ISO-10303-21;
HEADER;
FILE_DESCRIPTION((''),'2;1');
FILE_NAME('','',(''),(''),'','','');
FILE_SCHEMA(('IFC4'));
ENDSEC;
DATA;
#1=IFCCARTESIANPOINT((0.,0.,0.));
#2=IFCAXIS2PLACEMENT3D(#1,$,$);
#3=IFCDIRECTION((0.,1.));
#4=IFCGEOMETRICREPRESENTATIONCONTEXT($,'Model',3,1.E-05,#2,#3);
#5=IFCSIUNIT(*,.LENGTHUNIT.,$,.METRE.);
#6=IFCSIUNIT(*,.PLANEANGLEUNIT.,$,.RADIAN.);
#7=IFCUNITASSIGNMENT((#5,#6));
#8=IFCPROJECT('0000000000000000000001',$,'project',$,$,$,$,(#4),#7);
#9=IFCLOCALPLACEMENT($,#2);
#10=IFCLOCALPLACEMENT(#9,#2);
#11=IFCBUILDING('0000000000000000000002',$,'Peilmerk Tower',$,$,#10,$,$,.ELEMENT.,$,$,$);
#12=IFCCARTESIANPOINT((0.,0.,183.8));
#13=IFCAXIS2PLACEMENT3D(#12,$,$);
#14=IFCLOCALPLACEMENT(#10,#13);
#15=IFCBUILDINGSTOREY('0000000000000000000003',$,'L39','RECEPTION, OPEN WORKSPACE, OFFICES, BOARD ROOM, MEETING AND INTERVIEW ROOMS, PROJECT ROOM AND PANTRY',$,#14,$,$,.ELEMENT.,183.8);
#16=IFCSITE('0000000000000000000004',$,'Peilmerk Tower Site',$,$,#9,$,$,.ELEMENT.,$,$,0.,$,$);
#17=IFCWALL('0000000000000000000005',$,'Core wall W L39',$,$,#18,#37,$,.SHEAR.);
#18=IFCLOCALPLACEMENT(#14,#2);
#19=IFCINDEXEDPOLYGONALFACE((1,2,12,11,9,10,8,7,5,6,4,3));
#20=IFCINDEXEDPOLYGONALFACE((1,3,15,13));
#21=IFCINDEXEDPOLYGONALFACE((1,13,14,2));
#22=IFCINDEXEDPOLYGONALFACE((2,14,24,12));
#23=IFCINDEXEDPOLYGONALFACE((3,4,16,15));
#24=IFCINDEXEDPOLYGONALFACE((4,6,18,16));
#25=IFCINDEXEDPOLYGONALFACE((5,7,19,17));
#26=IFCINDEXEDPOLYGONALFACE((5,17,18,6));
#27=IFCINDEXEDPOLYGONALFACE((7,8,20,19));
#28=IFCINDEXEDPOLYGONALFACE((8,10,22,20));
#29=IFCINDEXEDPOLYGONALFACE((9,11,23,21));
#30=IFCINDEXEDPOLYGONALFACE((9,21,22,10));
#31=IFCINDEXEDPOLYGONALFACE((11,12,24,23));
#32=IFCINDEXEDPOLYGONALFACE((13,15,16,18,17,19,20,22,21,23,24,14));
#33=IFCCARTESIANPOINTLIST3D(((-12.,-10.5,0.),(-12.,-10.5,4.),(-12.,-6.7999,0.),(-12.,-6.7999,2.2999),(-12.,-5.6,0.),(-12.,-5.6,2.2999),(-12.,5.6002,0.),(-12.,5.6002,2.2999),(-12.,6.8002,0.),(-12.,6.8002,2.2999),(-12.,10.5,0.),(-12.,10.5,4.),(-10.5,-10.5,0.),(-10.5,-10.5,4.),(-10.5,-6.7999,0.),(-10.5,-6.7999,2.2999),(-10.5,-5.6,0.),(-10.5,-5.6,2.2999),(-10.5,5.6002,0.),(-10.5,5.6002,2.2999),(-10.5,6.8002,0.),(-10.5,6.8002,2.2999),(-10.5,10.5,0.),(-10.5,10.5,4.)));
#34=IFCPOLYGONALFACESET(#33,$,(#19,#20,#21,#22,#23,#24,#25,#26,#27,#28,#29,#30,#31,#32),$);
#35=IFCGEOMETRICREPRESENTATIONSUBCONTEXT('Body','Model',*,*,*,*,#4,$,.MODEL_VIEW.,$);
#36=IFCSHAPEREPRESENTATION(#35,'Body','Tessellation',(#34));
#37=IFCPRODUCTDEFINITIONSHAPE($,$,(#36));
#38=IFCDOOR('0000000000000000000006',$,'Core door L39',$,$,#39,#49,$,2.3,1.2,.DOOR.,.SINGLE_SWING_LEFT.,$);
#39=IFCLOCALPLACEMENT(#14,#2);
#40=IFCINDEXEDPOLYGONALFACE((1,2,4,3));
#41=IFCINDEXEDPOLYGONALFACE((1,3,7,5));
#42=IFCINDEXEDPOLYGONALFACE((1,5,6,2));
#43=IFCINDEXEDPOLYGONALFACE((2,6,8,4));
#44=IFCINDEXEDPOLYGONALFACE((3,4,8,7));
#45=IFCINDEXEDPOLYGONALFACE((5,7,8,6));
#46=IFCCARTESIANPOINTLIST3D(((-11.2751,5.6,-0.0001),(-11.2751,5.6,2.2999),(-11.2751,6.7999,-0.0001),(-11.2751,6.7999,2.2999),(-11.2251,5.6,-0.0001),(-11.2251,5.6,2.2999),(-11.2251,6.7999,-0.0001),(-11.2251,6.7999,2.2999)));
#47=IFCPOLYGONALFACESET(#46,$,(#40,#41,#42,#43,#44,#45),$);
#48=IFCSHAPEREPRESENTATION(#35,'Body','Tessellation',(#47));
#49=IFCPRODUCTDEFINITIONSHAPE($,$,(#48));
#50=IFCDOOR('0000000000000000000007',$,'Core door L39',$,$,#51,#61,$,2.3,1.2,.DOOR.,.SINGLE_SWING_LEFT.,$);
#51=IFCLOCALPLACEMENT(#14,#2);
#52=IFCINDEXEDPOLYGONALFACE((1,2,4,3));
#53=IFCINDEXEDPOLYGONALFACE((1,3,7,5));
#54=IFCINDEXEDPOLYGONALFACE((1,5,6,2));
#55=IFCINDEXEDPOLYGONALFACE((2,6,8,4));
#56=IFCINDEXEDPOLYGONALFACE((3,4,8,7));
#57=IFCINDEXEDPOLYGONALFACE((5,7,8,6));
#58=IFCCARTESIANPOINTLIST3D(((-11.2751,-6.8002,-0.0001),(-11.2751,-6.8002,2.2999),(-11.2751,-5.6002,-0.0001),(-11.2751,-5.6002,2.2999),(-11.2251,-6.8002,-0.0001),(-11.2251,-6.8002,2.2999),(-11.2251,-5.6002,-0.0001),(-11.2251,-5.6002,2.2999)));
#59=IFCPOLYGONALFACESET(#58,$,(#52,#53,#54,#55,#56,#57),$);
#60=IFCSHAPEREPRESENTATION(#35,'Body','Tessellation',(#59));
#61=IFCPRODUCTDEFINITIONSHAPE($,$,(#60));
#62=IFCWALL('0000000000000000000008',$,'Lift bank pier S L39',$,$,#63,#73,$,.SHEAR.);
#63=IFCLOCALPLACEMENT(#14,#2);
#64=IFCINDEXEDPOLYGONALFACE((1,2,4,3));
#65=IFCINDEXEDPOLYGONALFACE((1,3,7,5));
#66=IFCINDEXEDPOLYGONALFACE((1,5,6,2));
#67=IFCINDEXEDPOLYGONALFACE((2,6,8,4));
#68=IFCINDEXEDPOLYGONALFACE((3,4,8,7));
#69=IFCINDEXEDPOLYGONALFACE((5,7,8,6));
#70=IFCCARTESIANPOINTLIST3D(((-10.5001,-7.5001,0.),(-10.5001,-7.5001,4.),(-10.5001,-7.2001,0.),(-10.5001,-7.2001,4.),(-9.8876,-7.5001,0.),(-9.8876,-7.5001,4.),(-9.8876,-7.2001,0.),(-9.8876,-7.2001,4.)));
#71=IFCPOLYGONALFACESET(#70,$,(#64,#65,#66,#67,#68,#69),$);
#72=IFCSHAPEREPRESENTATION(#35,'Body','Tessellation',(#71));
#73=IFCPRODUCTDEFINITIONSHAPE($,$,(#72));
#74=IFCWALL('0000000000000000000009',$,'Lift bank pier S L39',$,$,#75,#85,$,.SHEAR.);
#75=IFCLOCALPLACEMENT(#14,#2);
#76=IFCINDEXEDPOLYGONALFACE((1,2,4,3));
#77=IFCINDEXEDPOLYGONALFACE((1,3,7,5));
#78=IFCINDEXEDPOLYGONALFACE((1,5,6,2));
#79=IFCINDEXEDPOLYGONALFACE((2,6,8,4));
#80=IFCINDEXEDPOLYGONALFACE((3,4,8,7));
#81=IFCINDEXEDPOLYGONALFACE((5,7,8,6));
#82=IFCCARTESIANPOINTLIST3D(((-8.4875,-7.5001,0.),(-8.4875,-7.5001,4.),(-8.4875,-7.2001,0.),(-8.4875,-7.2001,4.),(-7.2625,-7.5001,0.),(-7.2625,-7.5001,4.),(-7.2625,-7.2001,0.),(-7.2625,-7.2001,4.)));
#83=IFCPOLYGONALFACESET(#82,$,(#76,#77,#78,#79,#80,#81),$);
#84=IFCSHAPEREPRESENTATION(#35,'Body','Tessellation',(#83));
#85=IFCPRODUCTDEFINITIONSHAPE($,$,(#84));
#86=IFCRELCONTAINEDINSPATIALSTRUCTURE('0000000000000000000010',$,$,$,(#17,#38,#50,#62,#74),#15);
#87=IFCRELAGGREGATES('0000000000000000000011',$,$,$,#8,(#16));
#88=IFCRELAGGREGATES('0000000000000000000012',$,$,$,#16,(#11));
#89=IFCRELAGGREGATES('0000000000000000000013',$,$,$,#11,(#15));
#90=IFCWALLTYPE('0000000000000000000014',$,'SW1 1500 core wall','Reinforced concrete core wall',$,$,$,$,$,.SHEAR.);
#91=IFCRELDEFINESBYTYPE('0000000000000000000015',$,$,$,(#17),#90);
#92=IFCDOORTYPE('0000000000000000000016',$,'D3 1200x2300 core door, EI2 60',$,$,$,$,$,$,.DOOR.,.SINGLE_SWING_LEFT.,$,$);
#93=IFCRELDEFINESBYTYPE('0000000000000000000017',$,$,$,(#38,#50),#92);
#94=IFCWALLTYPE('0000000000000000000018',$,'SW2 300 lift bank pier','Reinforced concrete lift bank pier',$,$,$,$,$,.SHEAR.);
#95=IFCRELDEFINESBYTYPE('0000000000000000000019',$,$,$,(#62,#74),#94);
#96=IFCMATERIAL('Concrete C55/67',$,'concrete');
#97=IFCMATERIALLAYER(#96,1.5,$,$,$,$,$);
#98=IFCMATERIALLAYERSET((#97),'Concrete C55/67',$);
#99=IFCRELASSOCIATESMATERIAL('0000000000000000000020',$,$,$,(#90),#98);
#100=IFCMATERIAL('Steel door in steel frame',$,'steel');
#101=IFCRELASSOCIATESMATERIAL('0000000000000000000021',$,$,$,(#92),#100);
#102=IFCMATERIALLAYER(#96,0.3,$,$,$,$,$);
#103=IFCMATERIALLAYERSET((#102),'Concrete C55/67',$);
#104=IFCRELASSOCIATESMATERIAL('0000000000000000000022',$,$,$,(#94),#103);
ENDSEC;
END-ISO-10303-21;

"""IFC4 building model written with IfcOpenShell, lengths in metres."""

from ifc_helpers import new_model, si_unit, direction, frame, frame_2d, origin, place, context, subcontext, project, spatial, rectangle, extrude, material, layer, layer_set, type_object, element, fill, save


model = new_model("IFC4")

# Units and contexts
model_context = context("Model", 3, precision=1e-05, world=origin(), true_north=direction((0.0, 1.0)))
body_context = subcontext(model_context, "Body", "Model", "MODEL_VIEW")
ifc_project = project(units=[si_unit("LENGTHUNIT", "METRE"), si_unit("PLANEANGLEUNIT", "RADIAN")], contexts=[model_context])

# Site, building, storey
site_placement = place(None, origin())
site = spatial("IfcSite", under=ifc_project, at=site_placement, Name="Peilmerk Tower Site", CompositionType="ELEMENT", RefElevation=0.0)
building_placement = place(site_placement, origin())
building = spatial("IfcBuilding", under=site, at=building_placement, Name="Peilmerk Tower", CompositionType="ELEMENT")
storey_placement = place(building_placement, frame((0.0, 0.0, 183.8)))
storey = spatial("IfcBuildingStorey", under=building, at=storey_placement, Name="L39", Description="RECEPTION, OPEN WORKSPACE, OFFICES, BOARD ROOM, MEETING AND INTERVIEW ROOMS, PROJECT ROOM AND PANTRY", CompositionType="ELEMENT", Elevation=183.8)

# Wall, openings, doors
ifc_material_1 = material(Name="Concrete C55/67", Category="concrete")
ifc_layer_1 = layer(ifc_material_1, 1.5)
ifc_layer_set_1 = layer_set([ifc_layer_1], Name="Concrete C55/67")
wall_type_1 = type_object("IfcWallType", Name="SW1 1500 core wall", Description="Reinforced concrete core wall", PredefinedType="SHEAR", material=ifc_layer_set_1)
wall_1_placement = place(storey_placement, frame((-11.25, -10.5, 0.0), z_axis=(0.0, 0.0, 1.0), x_axis=(0.0, 1.0, 0.0)))
wall_1 = element("IfcWall", 1, at=wall_1_placement, inside=storey, type_object=wall_type_1, Name="Core wall W L39", PredefinedType="SHEAR", context=body_context, shape_type="SweptSolid", body=[
    extrude(rectangle(XDim=21.0, YDim=1.5, at=frame_2d((10.5, 0.0))), origin(), (0.0, 0.0, 1.0), 4.0),
])
opening_1_placement = place(wall_1_placement, frame((16.1001, 0.0, 0.0)))
opening_1 = element("IfcOpeningElement", 2, at=opening_1_placement, cuts=wall_1, PredefinedType="OPENING", context=body_context, shape_type="SweptSolid", body=[
    extrude(rectangle(XDim=1.2, YDim=2.3, at=frame_2d((0.6001, 1.1499))), frame((0.0, 0.76, 0.0), z_axis=(0.0, -1.0, 0.0), x_axis=(1.0, 0.0, 0.0)), (0.0, 0.0, 1.0), 1.52),
])
opening_2_placement = place(wall_1_placement, frame((3.7, 0.0, 0.0)))
opening_2 = element("IfcOpeningElement", 3, at=opening_2_placement, cuts=wall_1, PredefinedType="OPENING", context=body_context, shape_type="SweptSolid", body=[
    extrude(rectangle(XDim=1.2, YDim=2.3, at=frame_2d((0.6001, 1.1499))), frame((0.0, 0.76, 0.0), z_axis=(0.0, -1.0, 0.0), x_axis=(1.0, 0.0, 0.0)), (0.0, 0.0, 1.0), 1.52),
])
ifc_material_2 = material(Name="Steel door in steel frame", Category="steel")
door_type = type_object("IfcDoorType", Name="D3 1200x2300 core door, EI2 60", OperationType="SINGLE_SWING_LEFT", PredefinedType="DOOR", material=ifc_material_2)
door_1_placement = place(opening_1_placement, frame((1.2, 0.0, 0.0), z_axis=(0.0, 0.0, 1.0), x_axis=(-1.0, 0.0, 0.0)))
door_1 = element("IfcDoor", 4, at=door_1_placement, inside=storey, type_object=door_type, Name="Core door L39", OperationType="SINGLE_SWING_LEFT", OverallHeight=2.3, OverallWidth=1.2, PredefinedType="DOOR", context=body_context, shape_type="SweptSolid", body=[
    extrude(rectangle(XDim=1.2, YDim=2.3, at=frame_2d((0.6001, 1.1499))), frame((0.0, 0.0249, 0.0), z_axis=(0.0, -1.0, 0.0), x_axis=(1.0, 0.0, 0.0)), (0.0, 0.0, 1.0), 0.05),
])
fill(opening_1, door_1)
door_2_placement = place(opening_2_placement, frame((1.2, 0.0, 0.0), z_axis=(0.0, 0.0, 1.0), x_axis=(-1.0, 0.0, 0.0)))
door_2 = element("IfcDoor", 5, at=door_2_placement, inside=storey, type_object=door_type, Name="Core door L39", OperationType="SINGLE_SWING_LEFT", OverallHeight=2.3, OverallWidth=1.2, PredefinedType="DOOR", context=body_context, shape_type="SweptSolid", body=[
    extrude(rectangle(XDim=1.2, YDim=2.3, at=frame_2d((0.6001, 1.1499))), frame((0.0, 0.0249, 0.0), z_axis=(0.0, -1.0, 0.0), x_axis=(1.0, 0.0, 0.0)), (0.0, 0.0, 1.0), 0.05),
])
fill(opening_2, door_2)

# Walls
ifc_layer_2 = layer(ifc_material_1, 0.3)
ifc_layer_set_2 = layer_set([ifc_layer_2], Name="Concrete C55/67")
wall_type_2 = type_object("IfcWallType", Name="SW2 300 lift bank pier", Description="Reinforced concrete lift bank pier", PredefinedType="SHEAR", material=ifc_layer_set_2)
wall_2_placement = place(storey_placement, frame((-10.5, -7.3501, 0.0), z_axis=(0.0, 0.0, 1.0), x_axis=(1.0, 0.0, 0.0)))
element("IfcWall", 6, at=wall_2_placement, inside=storey, type_object=wall_type_2, Name="Lift bank pier S L39", PredefinedType="SHEAR", context=body_context, shape_type="SweptSolid", body=[
    extrude(rectangle(XDim=0.6125, YDim=0.3, at=frame_2d((0.3062, 0.0))), origin(), (0.0, 0.0, 1.0), 4.0),
])
wall_3_placement = place(storey_placement, frame((-8.4875, -7.3501, 0.0), z_axis=(0.0, 0.0, 1.0), x_axis=(1.0, 0.0, 0.0)))
element("IfcWall", 7, at=wall_3_placement, inside=storey, type_object=wall_type_2, Name="Lift bank pier S L39", PredefinedType="SHEAR", context=body_context, shape_type="SweptSolid", body=[
    extrude(rectangle(XDim=1.2251, YDim=0.3, at=frame_2d((0.6125, 0.0))), origin(), (0.0, 0.0, 1.0), 4.0),
])

save(model, "model.ifc")
